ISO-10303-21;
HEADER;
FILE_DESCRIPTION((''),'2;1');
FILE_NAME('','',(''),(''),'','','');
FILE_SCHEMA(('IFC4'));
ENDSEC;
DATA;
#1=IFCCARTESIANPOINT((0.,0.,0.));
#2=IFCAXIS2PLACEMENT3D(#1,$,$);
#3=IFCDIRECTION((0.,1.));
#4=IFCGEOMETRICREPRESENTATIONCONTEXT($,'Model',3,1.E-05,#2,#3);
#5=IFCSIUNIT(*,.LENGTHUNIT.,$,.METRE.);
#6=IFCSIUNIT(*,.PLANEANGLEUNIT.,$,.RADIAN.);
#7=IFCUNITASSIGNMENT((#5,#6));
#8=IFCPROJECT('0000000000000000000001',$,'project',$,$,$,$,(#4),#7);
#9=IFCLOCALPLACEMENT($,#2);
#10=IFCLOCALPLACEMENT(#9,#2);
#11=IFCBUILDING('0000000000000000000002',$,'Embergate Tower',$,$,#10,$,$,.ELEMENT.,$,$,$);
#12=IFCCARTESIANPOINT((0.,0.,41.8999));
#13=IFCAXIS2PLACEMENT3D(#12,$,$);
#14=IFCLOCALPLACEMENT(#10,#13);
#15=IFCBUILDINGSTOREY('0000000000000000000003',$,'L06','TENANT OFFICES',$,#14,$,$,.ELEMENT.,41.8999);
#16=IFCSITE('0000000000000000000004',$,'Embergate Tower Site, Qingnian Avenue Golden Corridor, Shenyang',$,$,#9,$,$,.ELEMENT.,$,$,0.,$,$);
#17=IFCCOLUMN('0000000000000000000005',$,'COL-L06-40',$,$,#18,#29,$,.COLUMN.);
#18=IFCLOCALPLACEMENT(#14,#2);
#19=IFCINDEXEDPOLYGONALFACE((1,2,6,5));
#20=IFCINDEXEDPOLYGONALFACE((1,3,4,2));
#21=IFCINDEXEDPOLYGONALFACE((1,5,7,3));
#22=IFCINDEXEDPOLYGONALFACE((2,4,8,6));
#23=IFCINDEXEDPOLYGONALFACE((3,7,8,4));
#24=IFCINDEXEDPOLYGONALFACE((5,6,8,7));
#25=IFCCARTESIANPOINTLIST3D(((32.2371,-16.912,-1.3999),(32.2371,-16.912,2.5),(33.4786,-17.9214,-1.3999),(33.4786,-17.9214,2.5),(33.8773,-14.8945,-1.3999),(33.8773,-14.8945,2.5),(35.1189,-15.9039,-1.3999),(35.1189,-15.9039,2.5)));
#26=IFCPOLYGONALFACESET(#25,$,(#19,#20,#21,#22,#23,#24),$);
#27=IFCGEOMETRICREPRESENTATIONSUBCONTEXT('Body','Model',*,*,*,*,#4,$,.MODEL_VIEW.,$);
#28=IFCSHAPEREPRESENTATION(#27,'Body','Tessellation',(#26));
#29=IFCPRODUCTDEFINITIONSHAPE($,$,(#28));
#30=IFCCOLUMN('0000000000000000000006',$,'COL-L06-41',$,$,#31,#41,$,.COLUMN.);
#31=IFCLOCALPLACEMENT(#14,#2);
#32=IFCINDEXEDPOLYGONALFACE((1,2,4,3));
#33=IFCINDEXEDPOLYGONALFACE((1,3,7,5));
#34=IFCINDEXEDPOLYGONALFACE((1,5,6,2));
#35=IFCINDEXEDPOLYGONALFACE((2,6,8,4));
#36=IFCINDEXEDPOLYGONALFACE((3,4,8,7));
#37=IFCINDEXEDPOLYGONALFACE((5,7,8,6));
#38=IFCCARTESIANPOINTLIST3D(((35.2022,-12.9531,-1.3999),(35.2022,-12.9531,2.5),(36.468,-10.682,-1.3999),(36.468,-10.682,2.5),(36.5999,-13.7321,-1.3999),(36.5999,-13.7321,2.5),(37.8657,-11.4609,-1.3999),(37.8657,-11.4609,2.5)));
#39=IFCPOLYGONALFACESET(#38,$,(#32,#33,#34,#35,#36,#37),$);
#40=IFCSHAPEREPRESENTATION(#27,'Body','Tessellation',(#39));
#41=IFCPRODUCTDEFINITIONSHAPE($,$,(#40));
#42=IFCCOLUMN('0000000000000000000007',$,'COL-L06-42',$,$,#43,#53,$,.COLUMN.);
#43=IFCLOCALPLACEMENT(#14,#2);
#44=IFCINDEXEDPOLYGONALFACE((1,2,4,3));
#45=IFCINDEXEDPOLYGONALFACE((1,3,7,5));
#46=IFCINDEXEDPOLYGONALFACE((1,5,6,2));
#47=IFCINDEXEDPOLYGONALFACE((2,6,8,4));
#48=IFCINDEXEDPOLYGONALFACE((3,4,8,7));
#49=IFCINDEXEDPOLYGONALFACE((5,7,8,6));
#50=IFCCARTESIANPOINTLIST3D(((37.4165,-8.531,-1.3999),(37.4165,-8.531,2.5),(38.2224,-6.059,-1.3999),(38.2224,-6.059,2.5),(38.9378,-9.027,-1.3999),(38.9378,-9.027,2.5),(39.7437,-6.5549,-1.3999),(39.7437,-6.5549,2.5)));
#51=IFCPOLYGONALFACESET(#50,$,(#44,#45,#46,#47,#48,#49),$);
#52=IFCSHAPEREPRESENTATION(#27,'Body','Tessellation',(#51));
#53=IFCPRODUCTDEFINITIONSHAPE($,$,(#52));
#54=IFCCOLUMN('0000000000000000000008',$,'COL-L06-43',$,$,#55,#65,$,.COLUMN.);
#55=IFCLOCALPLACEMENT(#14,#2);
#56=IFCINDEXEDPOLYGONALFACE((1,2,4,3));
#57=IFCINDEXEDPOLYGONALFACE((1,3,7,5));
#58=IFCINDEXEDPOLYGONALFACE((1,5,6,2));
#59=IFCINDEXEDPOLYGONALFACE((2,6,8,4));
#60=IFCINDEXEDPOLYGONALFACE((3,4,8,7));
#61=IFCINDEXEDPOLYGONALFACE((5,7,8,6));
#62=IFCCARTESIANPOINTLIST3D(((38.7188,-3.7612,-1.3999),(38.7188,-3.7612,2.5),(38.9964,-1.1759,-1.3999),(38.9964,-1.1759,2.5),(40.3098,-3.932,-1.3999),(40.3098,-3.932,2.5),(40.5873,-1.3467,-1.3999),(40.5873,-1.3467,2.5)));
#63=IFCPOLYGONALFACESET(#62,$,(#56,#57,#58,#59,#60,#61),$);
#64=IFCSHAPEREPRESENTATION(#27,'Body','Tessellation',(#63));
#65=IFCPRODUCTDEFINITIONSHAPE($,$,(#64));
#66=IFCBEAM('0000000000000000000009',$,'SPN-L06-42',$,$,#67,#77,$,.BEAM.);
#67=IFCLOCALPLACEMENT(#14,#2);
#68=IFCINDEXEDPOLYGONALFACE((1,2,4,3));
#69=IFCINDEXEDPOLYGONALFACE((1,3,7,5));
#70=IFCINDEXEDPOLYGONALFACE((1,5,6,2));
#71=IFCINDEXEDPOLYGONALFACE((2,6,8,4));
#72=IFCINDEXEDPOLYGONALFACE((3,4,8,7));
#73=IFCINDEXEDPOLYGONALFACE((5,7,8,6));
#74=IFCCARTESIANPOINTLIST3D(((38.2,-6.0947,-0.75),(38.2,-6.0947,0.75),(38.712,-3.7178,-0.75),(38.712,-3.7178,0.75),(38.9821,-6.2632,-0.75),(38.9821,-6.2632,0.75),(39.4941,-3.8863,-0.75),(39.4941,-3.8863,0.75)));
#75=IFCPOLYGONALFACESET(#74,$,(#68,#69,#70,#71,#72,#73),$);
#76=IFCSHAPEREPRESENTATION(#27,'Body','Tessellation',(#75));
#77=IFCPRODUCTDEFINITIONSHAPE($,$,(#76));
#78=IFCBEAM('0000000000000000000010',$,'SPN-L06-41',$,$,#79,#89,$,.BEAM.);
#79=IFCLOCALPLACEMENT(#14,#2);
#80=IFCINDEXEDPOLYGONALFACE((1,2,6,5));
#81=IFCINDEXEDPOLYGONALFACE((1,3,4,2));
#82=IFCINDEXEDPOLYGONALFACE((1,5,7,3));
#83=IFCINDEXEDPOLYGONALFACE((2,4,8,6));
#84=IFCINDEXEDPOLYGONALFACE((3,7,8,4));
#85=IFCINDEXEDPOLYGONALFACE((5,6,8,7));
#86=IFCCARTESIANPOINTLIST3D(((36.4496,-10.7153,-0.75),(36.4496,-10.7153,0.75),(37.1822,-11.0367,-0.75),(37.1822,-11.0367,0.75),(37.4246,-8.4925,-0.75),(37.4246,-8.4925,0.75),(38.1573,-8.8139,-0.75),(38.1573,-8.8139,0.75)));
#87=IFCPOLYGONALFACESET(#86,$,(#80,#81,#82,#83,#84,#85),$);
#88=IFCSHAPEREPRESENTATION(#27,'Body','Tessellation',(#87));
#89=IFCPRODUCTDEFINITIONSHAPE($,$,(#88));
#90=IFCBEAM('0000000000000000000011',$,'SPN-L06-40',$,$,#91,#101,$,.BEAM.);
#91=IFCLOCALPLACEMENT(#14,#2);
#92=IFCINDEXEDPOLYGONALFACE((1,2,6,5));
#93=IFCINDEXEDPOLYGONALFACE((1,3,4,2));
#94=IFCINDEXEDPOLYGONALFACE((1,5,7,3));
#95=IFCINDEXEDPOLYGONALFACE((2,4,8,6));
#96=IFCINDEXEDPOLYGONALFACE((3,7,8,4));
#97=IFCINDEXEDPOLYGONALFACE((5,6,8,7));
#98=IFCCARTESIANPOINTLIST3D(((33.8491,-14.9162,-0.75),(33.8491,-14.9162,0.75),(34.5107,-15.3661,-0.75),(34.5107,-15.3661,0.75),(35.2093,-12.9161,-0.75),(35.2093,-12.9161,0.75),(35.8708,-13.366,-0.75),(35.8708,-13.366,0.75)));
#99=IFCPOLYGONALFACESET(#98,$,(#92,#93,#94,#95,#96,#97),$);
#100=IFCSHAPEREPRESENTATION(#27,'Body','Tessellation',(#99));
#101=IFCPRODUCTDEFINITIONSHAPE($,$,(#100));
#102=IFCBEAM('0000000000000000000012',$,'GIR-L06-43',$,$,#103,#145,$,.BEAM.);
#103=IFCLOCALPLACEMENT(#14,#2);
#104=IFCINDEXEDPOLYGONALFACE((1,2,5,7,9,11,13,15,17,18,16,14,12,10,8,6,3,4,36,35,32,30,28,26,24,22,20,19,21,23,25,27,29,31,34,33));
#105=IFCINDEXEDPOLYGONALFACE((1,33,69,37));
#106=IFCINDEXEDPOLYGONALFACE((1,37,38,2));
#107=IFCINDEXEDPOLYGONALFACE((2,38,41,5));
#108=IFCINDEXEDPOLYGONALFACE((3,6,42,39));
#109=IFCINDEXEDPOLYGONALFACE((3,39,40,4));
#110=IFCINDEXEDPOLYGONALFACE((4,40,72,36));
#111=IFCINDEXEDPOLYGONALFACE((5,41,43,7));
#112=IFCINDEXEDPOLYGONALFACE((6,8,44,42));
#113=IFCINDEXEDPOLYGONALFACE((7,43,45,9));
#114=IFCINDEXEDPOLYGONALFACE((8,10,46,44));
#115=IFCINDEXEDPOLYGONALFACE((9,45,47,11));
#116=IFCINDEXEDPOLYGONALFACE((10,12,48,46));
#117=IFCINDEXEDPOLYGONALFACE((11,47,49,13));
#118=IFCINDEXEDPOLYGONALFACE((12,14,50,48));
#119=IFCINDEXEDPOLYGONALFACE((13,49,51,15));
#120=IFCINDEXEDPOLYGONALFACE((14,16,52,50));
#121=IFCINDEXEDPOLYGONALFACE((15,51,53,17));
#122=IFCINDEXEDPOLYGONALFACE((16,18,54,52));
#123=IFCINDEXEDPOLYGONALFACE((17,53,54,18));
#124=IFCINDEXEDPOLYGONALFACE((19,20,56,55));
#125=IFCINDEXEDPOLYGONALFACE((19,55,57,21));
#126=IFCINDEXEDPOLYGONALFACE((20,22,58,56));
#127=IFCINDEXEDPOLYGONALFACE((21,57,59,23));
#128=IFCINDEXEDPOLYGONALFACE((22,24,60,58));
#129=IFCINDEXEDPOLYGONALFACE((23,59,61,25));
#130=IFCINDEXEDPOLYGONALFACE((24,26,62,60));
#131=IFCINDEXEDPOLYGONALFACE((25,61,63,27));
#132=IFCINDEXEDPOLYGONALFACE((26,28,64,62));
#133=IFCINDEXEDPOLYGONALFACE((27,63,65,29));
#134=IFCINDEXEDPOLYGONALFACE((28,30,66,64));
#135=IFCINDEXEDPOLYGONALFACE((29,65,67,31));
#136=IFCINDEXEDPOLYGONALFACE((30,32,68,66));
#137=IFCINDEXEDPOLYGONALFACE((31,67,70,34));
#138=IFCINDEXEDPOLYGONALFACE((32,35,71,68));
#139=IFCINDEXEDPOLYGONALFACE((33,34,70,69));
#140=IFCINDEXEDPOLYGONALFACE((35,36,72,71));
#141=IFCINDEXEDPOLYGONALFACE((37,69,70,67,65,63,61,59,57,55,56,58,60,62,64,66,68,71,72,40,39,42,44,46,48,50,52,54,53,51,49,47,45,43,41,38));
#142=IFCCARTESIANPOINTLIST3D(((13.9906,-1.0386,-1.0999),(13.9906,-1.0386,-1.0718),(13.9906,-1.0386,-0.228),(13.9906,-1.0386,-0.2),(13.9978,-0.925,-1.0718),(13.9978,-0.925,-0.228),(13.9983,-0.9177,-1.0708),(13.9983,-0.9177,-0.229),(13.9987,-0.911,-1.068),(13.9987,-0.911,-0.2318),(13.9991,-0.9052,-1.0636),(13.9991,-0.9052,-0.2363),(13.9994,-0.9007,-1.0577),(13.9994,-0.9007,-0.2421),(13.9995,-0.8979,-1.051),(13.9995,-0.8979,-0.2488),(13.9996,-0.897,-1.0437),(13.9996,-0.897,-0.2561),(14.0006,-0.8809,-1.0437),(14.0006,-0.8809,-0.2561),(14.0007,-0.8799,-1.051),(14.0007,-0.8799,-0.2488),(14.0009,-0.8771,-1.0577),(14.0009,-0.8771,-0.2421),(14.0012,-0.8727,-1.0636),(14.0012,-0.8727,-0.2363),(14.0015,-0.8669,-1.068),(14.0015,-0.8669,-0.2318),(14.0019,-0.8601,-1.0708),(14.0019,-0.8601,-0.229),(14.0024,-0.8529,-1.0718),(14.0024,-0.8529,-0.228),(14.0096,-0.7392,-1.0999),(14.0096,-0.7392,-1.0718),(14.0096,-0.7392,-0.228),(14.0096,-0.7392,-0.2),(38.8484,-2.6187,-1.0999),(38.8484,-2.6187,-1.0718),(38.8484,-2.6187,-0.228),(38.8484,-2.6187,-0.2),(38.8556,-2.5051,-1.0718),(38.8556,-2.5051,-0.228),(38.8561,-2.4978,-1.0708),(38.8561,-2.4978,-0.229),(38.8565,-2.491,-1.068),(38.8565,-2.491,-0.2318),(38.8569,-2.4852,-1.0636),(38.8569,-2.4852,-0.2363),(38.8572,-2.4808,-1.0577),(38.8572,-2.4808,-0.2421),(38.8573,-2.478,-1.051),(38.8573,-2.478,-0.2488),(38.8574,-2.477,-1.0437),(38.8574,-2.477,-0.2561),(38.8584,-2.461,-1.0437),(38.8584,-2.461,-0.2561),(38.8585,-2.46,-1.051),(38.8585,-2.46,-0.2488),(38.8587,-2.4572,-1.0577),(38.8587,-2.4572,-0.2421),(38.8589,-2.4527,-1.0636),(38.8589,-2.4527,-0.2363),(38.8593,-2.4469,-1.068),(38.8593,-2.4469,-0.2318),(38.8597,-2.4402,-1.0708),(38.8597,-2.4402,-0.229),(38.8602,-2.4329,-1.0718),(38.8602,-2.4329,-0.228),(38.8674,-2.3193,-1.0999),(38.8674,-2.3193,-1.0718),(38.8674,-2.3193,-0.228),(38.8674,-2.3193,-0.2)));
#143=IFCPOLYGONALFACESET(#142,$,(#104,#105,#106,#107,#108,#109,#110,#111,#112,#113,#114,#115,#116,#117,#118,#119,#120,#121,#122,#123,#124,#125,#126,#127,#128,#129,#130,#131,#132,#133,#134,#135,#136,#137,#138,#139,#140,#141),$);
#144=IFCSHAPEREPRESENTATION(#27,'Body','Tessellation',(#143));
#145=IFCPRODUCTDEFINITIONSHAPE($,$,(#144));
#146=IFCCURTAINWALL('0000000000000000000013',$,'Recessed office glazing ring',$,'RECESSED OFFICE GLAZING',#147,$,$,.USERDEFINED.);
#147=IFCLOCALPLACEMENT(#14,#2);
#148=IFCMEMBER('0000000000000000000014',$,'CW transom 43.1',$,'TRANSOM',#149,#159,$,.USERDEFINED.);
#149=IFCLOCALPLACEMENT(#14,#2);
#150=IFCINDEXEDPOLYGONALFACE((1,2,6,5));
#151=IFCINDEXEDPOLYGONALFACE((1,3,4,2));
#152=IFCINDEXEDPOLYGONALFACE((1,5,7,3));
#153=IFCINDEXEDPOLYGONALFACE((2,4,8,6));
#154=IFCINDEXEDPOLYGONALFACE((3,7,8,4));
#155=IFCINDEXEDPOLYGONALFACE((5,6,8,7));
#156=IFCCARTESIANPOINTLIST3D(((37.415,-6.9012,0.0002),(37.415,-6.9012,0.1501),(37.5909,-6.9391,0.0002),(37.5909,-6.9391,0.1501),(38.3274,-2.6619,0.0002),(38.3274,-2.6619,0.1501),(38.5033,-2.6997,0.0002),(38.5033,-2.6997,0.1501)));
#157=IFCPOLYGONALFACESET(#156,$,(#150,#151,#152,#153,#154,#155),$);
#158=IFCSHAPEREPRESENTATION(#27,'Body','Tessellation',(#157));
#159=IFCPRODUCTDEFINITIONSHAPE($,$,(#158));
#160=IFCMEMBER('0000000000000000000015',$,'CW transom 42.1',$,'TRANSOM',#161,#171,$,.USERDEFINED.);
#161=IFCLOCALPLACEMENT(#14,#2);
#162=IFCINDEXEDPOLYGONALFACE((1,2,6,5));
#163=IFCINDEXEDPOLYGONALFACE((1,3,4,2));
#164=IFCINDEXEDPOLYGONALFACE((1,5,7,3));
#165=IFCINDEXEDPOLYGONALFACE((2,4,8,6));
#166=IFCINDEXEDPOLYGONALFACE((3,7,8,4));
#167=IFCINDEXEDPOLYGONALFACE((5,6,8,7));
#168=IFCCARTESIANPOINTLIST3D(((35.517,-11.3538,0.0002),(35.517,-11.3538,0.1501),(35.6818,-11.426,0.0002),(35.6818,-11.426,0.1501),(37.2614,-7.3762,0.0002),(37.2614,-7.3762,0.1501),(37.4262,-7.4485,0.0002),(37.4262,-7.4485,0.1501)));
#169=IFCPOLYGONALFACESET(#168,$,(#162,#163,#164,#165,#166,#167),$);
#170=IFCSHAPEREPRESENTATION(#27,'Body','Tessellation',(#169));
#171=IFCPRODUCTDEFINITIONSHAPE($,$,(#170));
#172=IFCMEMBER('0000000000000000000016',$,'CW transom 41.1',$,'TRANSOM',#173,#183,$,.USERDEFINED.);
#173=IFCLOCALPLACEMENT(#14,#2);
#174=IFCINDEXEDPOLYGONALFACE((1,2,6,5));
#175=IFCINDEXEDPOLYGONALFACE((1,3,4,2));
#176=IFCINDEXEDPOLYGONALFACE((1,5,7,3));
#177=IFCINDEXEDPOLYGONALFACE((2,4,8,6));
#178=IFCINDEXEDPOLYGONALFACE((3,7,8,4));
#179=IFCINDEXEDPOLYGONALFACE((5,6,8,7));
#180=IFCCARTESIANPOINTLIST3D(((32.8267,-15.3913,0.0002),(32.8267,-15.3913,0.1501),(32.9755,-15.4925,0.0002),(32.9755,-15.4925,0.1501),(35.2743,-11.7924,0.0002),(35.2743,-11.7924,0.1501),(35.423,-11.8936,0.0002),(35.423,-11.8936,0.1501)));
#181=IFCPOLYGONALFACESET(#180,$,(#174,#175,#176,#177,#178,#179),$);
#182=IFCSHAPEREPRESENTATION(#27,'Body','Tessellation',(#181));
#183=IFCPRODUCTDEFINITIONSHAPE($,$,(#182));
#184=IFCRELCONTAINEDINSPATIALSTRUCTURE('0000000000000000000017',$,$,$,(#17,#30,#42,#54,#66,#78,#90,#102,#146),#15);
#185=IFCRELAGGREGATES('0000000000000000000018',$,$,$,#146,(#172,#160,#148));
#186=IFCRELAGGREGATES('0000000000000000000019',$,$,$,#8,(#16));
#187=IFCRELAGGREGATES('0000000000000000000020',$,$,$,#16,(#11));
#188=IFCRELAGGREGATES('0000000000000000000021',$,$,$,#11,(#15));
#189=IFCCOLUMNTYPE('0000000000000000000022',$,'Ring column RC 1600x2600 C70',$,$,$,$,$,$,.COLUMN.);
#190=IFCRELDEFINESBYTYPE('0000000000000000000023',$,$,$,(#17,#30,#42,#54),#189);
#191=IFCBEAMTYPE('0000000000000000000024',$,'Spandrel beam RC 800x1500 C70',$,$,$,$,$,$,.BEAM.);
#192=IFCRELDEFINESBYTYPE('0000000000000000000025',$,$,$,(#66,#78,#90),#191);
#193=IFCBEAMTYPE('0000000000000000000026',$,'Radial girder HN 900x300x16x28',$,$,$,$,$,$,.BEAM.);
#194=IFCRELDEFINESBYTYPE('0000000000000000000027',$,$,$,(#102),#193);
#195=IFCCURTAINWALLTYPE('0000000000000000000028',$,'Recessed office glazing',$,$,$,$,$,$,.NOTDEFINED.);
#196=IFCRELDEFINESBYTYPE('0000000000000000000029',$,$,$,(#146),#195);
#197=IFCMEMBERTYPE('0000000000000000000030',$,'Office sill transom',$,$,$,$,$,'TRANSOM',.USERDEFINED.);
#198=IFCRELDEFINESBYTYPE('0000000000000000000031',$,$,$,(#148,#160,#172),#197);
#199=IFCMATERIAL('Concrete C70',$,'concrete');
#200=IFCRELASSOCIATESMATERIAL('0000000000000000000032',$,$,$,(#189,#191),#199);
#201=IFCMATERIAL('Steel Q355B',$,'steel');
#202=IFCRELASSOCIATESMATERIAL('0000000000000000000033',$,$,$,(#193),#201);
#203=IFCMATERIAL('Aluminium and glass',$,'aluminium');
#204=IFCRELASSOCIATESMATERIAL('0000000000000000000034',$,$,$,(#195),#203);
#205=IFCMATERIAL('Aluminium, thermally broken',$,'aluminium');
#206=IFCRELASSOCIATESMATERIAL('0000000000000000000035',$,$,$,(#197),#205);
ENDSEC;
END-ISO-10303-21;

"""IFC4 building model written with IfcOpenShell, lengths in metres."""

from ifc_helpers import new_model, si_unit, direction, frame, origin, origin_2d, place, context, subcontext, project, spatial, rectangle, i_section, extrude, source, transform, mapped, material, material_profile, profile_set, type_object, element, aggregate, save


model = new_model("IFC4")

# Units and contexts
model_context = context("Model", 3, precision=1e-05, world=origin(), true_north=direction((0.0, 1.0)))
body_context = subcontext(model_context, "Body", "Model", "MODEL_VIEW")
ifc_project = project(units=[si_unit("LENGTHUNIT", "METRE"), si_unit("PLANEANGLEUNIT", "RADIAN")], contexts=[model_context])

# Site, building, storey
site_placement = place(None, origin())
site = spatial("IfcSite", under=ifc_project, at=site_placement, Name="Embergate Tower Site, Qingnian Avenue Golden Corridor, Shenyang", CompositionType="ELEMENT", RefElevation=0.0)
building_placement = place(site_placement, origin())
building = spatial("IfcBuilding", under=site, at=building_placement, Name="Embergate Tower", CompositionType="ELEMENT")
storey_placement = place(building_placement, frame((0.0, 0.0, 41.8999)))
storey = spatial("IfcBuildingStorey", under=building, at=storey_placement, Name="L06", Description="TENANT OFFICES", CompositionType="ELEMENT", Elevation=41.8999)

# Columns
ifc_material_1 = material(Name="Concrete C70", Category="concrete")
ifc_material_profile_1 = material_profile(ifc_material_1, rectangle(XDim=1.6001, YDim=2.6001, at=origin_2d()), Name="RC 1600x2600")
ifc_profile_set_1 = profile_set([ifc_material_profile_1], Name="Concrete C70")
column_type = type_object("IfcColumnType", Name="Ring column RC 1600x2600 C70", PredefinedType="COLUMN", material=ifc_profile_set_1)
shared_shape_1 = source(origin(), body_context, "Body", "SweptSolid", [
    extrude(rectangle(XDim=1.6001, YDim=2.6001, at=origin_2d()), origin(), (0.0, 0.0, 1.0), 3.8999),
])
for number, where, z_axis, x_axis, name in (
    (1, (33.678, -16.408, -1.3999), (0.0, 0.0, 1.0), (0.775914, -0.630838, 0.0), "COL-L06-40"),
    (2, (36.5339, -12.207, -1.3999), (0.0, 0.0, 1.0), (0.873492, -0.486839, 0.0), "COL-L06-41"),
    (3, (38.5801, -7.543, -1.3999), (0.0, 0.0, 1.0), (0.950754, -0.309946, 0.0), "COL-L06-42"),
    (4, (39.6531, -2.554, -1.3999), (0.0, 0.0, 1.0), (0.994286, -0.10675, 0.0), "COL-L06-43"),
):
    element("IfcColumn", number, at=place(storey_placement, frame(where, z_axis=z_axis, x_axis=x_axis)), inside=storey, type_object=column_type, Name=name, PredefinedType="COLUMN", context=body_context, shape_type="MappedRepresentation", body=[
        mapped(shared_shape_1, transform((0.0, 0.0, 0.0))),
    ])

# Beams
ifc_material_profile_2 = material_profile(ifc_material_1, rectangle(XDim=0.8, YDim=1.5, at=origin_2d()), Name="RC 800x1500")
ifc_profile_set_2 = profile_set([ifc_material_profile_2], Name="Concrete C70")
beam_type_1 = type_object("IfcBeamType", Name="Spandrel beam RC 800x1500 C70", PredefinedType="BEAM", material=ifc_profile_set_2)
shared_shape_2 = source(origin(), body_context, "Body", "SweptSolid", [
    extrude(rectangle(XDim=0.8, YDim=1.5, at=origin_2d()), origin(), (0.0, 0.0, 1.0), 2.4314),
])
beam_1_placement = place(storey_placement, frame((38.5911, -6.179, 0.0), z_axis=(0.210558, 0.977581, 0.0), x_axis=(-0.977581, 0.210558, 0.0)))
element("IfcBeam", 5, at=beam_1_placement, inside=storey, type_object=beam_type_1, Name="SPN-L06-42", PredefinedType="BEAM", context=body_context, shape_type="MappedRepresentation", body=[
    mapped(shared_shape_2, transform((0.0, 0.0, 0.0))),
])
shared_shape_3 = source(origin(), body_context, "Body", "SweptSolid", [
    extrude(rectangle(XDim=0.8, YDim=1.5, at=origin_2d()), origin(), (0.0, 0.0, 1.0), 2.4272),
])
beam_2_placement = place(storey_placement, frame((36.8159, -10.876, 0.0), z_axis=(0.40171, 0.915767, 0.0), x_axis=(-0.915767, 0.40171, 0.0)))
element("IfcBeam", 6, at=beam_2_placement, inside=storey, type_object=beam_type_1, Name="SPN-L06-41", PredefinedType="BEAM", context=body_context, shape_type="MappedRepresentation", body=[
    mapped(shared_shape_3, transform((0.0, 0.0, 0.0))),
])
shared_shape_4 = source(origin(), body_context, "Body", "SweptSolid", [
    extrude(rectangle(XDim=0.8, YDim=1.5, at=origin_2d()), origin(), (0.0, 0.0, 1.0), 2.4187),
])
beam_3_placement = place(storey_placement, frame((34.1799, -15.1411, 0.0), z_axis=(0.56234, 0.826906, 0.0), x_axis=(-0.826906, 0.56234, 0.0)))
element("IfcBeam", 7, at=beam_3_placement, inside=storey, type_object=beam_type_1, Name="SPN-L06-40", PredefinedType="BEAM", context=body_context, shape_type="MappedRepresentation", body=[
    mapped(shared_shape_4, transform((0.0, 0.0, 0.0))),
])
ifc_material_2 = material(Name="Steel Q355B", Category="steel")
ifc_material_profile_3 = material_profile(ifc_material_2, i_section(OverallWidth=0.3, OverallDepth=0.8999, WebThickness=0.0161, FlangeThickness=0.0281, FilletRadius=0.0281, at=origin_2d()), Name="HN 900x300x16x28")
ifc_profile_set_3 = profile_set([ifc_material_profile_3], Name="Steel Q355 grade B")
beam_type_2 = type_object("IfcBeamType", Name="Radial girder HN 900x300x16x28", PredefinedType="BEAM", material=ifc_profile_set_3)
shared_shape_5 = source(origin(), body_context, "Body", "SweptSolid", [
    extrude(i_section(OverallWidth=0.3, OverallDepth=0.8999, WebThickness=0.0161, FlangeThickness=0.0281, FilletRadius=0.0281, at=origin_2d()), origin(), (0.0, 0.0, 1.0), 24.908),
])
beam_4_placement = place(storey_placement, frame((38.8579, -2.469, -0.6499), z_axis=(-0.997986, 0.063436, 0.0), x_axis=(-0.063436, -0.997986, 0.0)))
element("IfcBeam", 8, at=beam_4_placement, inside=storey, type_object=beam_type_2, Name="GIR-L06-43", PredefinedType="BEAM", context=body_context, shape_type="MappedRepresentation", body=[
    mapped(shared_shape_5, transform((0.0, 0.0, 0.0))),
])

# Curtain wall, members
ifc_material_3 = material(Name="Aluminium and glass", Category="aluminium")
curtain_wall_type = type_object("IfcCurtainWallType", Name="Recessed office glazing", PredefinedType="NOTDEFINED", material=ifc_material_3)
curtain_wall_placement = place(storey_placement, origin())
curtain_wall = element("IfcCurtainWall", 9, at=curtain_wall_placement, inside=storey, type_object=curtain_wall_type, Name="Recessed office glazing ring", ObjectType="RECESSED OFFICE GLAZING", PredefinedType="USERDEFINED")
ifc_material_4 = material(Name="Aluminium, thermally broken", Category="aluminium")
ifc_material_profile_4 = material_profile(ifc_material_4, rectangle(XDim=0.1799, YDim=0.1499, at=origin_2d()), Name="AL 150x180")
ifc_profile_set_4 = profile_set([ifc_material_profile_4], Name="Aluminium, thermally broken")
member_type_1 = type_object("IfcMemberType", Name="Office sill transom", ElementType="TRANSOM", PredefinedType="USERDEFINED", material=ifc_profile_set_4)
shared_shape_6 = source(origin(), body_context, "Body", "SweptSolid", [
    extrude(rectangle(XDim=0.1799, YDim=0.1499, at=origin_2d()), origin(), (0.0, 0.0, 1.0), 4.3364),
])
member_1_placement = place(storey_placement, frame((37.5029, -6.9202, 0.0752), z_axis=(0.210398, 0.977616, 0.0), x_axis=(-0.977616, 0.210398, 0.0)))
member_1 = element("IfcMember", 10, at=member_1_placement, type_object=member_type_1, Name="CW transom 43.1", ObjectType="TRANSOM", PredefinedType="USERDEFINED", context=body_context, shape_type="MappedRepresentation", body=[
    mapped(shared_shape_6, transform((0.0, 0.0, 0.0))),
])
shared_shape_7 = source(origin(), body_context, "Body", "SweptSolid", [
    extrude(rectangle(XDim=0.1799, YDim=0.1499, at=origin_2d()), origin(), (0.0, 0.0, 1.0), 4.3433),
])
member_2_placement = place(storey_placement, frame((35.5994, -11.3899, 0.0752), z_axis=(0.401633, 0.915801, 0.0), x_axis=(-0.915801, 0.401633, 0.0)))
member_2 = element("IfcMember", 11, at=member_2_placement, type_object=member_type_1, Name="CW transom 42.1", ObjectType="TRANSOM", PredefinedType="USERDEFINED", context=body_context, shape_type="MappedRepresentation", body=[
    mapped(shared_shape_7, transform((0.0, 0.0, 0.0))),
])
shared_shape_8 = source(origin(), body_context, "Body", "SweptSolid", [
    extrude(rectangle(XDim=0.1799, YDim=0.1499, at=origin_2d()), origin(), (0.0, 0.0, 1.0), 4.3523),
])
member_3_placement = place(storey_placement, frame((32.9011, -15.4419, 0.0752), z_axis=(0.562353, 0.826897, 0.0), x_axis=(-0.826897, 0.562353, 0.0)))
member_3 = element("IfcMember", 12, at=member_3_placement, type_object=member_type_1, Name="CW transom 41.1", ObjectType="TRANSOM", PredefinedType="USERDEFINED", context=body_context, shape_type="MappedRepresentation", body=[
    mapped(shared_shape_8, transform((0.0, 0.0, 0.0))),
])
aggregate(curtain_wall, [member_3, member_2, member_1])

save(model, "model.ifc")
